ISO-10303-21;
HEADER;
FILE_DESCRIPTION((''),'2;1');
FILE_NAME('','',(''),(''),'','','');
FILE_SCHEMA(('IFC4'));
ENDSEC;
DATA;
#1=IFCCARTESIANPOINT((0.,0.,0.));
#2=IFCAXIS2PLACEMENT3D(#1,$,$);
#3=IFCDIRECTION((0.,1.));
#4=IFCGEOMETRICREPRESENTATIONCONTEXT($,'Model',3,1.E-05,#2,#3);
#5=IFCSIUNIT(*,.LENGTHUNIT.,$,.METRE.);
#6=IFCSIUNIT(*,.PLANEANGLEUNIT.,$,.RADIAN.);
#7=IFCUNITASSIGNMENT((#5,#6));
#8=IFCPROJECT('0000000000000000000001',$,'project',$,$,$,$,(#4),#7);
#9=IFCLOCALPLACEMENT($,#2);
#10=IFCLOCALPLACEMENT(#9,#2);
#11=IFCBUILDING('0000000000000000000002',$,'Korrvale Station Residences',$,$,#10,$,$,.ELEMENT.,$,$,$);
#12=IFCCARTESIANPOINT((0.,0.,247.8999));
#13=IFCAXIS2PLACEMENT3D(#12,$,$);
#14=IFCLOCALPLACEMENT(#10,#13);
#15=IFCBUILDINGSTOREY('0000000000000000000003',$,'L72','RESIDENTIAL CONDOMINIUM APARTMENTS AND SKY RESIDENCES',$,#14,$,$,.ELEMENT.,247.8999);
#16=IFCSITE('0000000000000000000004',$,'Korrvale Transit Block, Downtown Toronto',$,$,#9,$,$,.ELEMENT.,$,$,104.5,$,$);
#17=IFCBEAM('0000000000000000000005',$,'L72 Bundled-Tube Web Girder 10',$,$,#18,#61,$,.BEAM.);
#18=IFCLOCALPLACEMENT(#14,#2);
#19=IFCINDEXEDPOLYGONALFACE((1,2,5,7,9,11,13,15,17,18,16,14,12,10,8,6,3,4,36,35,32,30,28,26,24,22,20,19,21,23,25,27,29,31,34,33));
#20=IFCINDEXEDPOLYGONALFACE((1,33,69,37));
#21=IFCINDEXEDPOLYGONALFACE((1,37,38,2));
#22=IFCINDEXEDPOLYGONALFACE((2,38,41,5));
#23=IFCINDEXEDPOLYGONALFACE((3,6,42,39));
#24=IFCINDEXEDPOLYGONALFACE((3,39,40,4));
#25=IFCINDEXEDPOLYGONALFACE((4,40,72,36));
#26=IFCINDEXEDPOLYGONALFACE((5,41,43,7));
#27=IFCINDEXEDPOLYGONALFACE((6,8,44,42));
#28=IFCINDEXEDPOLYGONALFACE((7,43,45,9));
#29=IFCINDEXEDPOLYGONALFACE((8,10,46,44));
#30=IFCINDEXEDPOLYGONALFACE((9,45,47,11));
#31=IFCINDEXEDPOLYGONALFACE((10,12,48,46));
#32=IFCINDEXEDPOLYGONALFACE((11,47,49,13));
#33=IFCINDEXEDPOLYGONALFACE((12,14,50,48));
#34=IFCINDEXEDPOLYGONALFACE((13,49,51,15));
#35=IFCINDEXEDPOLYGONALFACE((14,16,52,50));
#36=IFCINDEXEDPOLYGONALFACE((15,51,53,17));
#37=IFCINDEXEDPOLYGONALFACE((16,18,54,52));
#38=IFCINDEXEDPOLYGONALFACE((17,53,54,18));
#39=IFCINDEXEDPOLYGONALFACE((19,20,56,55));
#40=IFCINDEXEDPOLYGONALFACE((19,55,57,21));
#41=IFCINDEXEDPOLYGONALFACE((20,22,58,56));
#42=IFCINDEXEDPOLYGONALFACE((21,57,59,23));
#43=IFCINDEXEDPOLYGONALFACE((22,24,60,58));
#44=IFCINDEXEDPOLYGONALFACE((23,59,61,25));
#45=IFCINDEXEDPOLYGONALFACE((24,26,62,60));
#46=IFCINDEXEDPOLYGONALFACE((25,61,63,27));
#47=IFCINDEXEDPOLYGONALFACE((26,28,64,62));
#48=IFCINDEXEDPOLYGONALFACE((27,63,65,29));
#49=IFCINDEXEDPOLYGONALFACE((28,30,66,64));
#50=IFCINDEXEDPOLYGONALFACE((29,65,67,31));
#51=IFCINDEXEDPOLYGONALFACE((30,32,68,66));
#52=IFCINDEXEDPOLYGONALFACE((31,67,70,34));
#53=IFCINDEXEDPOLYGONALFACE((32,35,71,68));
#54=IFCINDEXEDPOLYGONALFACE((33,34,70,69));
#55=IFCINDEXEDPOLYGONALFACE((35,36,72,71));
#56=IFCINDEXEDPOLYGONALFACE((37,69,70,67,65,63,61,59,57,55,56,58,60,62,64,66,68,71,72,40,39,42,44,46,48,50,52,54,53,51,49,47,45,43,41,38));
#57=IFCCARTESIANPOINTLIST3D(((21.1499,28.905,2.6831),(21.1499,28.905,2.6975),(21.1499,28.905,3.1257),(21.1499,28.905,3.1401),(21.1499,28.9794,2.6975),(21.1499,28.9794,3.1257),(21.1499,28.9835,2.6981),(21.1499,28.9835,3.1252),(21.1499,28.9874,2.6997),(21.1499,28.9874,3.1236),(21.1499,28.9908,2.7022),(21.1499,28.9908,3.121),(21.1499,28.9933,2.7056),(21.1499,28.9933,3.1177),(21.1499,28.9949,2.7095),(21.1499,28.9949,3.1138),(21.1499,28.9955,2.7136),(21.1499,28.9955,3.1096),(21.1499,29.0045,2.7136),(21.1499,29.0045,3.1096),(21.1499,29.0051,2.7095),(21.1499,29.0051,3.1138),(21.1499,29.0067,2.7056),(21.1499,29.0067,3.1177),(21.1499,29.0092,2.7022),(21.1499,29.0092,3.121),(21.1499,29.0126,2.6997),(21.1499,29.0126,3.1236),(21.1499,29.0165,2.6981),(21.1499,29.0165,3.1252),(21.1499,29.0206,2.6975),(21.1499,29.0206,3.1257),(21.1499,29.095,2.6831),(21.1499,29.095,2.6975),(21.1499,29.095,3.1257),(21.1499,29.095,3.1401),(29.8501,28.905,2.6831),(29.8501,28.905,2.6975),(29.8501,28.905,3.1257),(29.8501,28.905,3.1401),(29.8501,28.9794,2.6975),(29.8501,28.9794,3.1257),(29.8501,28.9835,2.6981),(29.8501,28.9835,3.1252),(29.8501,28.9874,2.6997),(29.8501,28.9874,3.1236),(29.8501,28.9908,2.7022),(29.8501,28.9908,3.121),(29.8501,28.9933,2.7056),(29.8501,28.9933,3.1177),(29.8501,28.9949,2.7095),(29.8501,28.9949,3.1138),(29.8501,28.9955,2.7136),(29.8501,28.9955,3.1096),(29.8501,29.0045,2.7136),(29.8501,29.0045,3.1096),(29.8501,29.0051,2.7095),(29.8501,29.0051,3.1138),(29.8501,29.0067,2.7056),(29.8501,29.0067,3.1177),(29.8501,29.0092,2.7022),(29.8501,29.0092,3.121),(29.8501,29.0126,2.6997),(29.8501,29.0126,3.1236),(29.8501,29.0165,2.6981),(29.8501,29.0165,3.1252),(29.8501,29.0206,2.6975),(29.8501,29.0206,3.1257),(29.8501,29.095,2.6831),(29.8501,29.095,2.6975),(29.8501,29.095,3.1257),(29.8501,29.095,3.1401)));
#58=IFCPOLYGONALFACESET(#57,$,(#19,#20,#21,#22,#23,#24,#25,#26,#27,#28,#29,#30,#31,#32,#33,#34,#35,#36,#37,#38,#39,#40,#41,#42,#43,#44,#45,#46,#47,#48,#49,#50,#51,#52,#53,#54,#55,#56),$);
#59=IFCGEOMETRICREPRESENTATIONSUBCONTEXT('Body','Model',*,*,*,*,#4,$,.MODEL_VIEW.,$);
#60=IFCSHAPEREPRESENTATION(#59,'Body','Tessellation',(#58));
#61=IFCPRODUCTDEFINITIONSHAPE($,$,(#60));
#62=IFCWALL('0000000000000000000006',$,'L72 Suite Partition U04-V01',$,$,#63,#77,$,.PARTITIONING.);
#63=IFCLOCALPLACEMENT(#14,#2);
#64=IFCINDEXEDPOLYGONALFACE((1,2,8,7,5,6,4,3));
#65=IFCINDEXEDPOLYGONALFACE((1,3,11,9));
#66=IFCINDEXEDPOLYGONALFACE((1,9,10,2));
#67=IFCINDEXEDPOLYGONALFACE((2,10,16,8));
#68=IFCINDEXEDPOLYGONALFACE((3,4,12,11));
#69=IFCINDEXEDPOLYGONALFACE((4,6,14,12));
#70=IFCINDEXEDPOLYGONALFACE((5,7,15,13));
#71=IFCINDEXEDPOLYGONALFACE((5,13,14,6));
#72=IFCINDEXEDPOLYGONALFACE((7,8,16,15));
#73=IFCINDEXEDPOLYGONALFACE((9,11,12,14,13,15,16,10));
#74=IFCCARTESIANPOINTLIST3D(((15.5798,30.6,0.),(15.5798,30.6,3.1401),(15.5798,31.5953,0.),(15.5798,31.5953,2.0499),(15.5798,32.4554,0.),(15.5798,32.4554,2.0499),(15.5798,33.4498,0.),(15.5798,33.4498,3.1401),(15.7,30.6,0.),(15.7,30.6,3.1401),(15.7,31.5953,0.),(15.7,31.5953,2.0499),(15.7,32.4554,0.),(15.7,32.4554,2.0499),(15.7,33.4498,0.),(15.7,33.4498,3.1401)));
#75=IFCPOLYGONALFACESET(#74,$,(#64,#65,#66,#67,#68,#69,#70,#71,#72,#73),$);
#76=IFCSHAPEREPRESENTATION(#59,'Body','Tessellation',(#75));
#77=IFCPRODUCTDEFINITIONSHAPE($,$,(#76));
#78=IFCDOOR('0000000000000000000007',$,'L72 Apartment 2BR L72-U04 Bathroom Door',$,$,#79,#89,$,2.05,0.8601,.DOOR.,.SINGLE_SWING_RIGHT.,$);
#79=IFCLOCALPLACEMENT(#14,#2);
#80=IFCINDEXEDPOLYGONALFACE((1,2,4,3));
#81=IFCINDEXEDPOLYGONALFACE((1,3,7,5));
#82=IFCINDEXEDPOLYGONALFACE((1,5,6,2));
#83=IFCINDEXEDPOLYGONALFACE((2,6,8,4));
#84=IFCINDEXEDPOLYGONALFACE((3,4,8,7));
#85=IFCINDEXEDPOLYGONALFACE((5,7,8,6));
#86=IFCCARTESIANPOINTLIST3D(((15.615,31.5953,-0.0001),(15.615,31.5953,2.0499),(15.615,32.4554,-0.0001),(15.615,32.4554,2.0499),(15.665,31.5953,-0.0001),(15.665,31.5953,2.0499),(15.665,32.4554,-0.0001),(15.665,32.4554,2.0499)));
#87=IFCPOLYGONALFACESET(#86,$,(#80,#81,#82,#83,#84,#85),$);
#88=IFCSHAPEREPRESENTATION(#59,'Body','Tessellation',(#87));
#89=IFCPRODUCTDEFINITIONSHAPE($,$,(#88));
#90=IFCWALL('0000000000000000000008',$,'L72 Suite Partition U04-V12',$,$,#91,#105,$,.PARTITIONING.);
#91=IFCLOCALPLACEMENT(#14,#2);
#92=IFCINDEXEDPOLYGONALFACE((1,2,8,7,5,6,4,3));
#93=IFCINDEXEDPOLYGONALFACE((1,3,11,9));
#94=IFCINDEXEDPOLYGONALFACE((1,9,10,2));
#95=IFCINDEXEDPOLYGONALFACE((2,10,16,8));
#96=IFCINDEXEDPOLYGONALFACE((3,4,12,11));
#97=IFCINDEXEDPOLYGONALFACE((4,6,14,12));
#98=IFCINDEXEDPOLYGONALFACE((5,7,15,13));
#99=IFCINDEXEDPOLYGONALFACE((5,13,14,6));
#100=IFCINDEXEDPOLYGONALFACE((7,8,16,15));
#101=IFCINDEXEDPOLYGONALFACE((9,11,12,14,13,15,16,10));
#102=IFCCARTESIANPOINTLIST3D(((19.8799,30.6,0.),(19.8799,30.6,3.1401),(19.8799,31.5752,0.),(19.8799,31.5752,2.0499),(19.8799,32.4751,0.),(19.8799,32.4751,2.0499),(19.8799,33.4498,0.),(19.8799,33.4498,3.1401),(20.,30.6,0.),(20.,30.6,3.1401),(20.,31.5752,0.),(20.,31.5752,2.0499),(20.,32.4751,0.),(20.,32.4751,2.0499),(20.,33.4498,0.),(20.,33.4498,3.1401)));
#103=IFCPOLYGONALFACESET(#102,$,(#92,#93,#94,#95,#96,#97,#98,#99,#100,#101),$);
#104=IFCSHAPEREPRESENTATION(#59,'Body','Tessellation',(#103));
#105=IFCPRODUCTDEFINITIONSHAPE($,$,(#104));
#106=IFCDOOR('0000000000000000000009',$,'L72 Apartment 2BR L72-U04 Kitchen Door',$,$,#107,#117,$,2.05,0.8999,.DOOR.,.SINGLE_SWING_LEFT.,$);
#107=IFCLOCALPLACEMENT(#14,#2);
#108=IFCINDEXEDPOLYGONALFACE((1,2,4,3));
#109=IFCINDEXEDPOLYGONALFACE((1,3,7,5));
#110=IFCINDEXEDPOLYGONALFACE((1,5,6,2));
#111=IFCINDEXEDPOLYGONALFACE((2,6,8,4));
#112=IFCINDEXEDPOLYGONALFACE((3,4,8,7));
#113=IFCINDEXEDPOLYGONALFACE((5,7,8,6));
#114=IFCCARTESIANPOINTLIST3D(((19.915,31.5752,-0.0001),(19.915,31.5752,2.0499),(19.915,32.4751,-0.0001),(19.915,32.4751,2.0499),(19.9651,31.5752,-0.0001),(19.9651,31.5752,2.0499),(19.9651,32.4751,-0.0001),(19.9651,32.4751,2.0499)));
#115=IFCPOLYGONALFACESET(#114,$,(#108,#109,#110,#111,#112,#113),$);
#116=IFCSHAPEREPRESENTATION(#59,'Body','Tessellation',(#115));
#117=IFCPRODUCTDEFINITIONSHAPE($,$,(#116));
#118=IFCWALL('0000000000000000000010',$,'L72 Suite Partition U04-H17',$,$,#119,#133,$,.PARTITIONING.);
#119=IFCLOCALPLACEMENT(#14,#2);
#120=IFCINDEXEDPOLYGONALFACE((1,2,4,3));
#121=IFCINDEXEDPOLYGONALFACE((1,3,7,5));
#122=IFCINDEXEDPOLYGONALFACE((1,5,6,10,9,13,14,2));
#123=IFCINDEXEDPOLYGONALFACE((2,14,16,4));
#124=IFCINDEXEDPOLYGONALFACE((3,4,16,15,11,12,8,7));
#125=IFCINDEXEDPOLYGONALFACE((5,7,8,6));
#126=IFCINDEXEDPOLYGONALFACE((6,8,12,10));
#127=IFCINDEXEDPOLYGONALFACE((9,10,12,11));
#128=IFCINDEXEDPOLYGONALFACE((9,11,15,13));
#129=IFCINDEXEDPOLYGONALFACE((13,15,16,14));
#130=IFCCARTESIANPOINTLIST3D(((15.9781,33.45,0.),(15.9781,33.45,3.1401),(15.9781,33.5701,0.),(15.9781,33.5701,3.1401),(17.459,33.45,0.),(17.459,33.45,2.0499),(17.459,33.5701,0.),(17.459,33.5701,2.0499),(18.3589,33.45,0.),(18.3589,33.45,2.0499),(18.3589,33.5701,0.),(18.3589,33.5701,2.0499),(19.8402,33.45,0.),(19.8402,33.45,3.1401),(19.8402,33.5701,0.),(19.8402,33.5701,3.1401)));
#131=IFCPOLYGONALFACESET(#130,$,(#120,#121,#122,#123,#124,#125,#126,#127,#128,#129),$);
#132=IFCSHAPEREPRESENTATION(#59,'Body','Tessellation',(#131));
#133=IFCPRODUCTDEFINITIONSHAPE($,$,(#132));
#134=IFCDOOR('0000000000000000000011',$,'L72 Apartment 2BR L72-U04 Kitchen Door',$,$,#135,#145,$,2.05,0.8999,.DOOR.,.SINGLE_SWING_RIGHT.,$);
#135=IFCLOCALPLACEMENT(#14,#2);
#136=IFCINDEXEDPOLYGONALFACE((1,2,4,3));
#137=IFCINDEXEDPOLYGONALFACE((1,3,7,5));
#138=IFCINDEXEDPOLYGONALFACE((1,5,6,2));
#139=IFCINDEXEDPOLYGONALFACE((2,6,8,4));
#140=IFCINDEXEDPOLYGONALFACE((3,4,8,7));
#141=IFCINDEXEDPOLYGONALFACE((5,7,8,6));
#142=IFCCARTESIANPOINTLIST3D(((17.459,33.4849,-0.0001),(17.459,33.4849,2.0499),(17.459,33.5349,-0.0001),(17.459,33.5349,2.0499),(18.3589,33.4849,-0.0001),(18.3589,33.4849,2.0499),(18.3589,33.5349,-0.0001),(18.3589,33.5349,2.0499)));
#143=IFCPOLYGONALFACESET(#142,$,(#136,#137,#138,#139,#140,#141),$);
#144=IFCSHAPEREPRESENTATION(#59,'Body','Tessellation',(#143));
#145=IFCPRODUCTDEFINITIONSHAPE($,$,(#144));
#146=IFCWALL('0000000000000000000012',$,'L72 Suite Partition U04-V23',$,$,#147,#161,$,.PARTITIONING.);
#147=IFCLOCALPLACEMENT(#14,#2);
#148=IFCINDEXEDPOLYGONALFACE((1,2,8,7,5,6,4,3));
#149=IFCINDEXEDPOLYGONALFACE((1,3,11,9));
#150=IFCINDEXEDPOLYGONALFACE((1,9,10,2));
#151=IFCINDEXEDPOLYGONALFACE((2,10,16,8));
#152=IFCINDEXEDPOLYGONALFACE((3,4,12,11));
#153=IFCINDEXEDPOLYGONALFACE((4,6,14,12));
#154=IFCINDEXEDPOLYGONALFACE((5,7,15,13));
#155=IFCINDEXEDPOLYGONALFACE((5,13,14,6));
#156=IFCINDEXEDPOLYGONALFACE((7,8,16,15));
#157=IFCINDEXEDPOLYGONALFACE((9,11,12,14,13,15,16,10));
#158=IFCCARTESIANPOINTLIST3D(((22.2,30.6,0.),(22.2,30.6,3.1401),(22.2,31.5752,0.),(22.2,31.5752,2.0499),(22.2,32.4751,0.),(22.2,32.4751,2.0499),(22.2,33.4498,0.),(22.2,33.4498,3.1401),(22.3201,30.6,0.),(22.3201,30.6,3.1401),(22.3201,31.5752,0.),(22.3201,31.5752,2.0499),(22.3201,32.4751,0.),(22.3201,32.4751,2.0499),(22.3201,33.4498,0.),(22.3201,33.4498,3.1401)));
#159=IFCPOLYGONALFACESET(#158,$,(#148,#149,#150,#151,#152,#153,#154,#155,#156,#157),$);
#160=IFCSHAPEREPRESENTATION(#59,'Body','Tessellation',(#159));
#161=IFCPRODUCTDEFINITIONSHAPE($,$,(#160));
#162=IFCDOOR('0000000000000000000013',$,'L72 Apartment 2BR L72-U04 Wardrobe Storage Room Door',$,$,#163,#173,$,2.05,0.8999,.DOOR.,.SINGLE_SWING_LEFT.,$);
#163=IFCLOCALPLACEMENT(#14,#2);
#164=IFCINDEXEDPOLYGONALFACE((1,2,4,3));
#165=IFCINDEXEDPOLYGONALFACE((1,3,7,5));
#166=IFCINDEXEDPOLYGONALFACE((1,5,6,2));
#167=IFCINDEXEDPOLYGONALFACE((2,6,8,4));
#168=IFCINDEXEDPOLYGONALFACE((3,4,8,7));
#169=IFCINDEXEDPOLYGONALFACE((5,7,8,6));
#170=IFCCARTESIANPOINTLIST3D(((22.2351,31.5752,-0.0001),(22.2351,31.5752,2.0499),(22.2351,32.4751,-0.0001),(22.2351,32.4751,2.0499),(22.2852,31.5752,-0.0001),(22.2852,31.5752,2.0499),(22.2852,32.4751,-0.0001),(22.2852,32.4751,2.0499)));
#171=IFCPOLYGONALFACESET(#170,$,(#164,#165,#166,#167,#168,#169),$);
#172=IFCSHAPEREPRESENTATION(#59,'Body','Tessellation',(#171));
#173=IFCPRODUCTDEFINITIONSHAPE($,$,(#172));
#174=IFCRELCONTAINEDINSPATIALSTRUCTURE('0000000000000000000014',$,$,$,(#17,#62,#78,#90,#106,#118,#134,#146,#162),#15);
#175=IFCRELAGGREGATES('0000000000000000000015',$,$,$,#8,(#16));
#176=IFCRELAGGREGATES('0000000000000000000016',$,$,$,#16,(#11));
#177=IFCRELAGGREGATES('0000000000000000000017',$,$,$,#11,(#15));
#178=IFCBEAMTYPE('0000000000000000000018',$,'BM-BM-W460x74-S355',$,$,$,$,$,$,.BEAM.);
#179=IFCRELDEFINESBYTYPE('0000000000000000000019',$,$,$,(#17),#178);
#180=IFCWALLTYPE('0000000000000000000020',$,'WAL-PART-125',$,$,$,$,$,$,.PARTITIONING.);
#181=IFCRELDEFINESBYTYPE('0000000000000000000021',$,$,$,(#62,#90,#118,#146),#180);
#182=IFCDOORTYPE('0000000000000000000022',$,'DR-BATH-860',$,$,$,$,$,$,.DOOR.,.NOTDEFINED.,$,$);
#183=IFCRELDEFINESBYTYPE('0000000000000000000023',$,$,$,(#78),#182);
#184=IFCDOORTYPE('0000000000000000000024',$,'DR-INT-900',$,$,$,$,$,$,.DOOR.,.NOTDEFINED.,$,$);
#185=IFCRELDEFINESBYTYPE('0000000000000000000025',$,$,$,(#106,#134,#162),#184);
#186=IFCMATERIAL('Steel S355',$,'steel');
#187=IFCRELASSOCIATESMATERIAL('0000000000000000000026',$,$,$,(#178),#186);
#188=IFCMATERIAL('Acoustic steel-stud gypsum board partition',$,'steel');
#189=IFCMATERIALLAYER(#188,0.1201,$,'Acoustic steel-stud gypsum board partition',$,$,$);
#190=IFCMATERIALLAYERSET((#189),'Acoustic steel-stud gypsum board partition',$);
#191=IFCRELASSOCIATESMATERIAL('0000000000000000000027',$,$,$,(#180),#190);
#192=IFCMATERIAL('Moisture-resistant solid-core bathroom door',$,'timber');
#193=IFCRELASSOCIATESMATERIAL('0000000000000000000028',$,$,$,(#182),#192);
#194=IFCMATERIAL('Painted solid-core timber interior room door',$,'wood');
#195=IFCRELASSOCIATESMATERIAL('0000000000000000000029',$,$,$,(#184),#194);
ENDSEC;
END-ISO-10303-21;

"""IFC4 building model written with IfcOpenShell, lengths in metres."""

from ifc_helpers import new_model, si_unit, direction, frame, frame_2d, origin, origin_2d, place, context, subcontext, project, spatial, rectangle, i_section, extrude, material, layer, layer_set, material_profile, profile_set, type_object, element, fill, save


model = new_model("IFC4")

# Units and contexts
model_context = context("Model", 3, precision=1e-05, world=origin(), true_north=direction((0.0, 1.0)))
body_context = subcontext(model_context, "Body", "Model", "MODEL_VIEW")
ifc_project = project(units=[si_unit("LENGTHUNIT", "METRE"), si_unit("PLANEANGLEUNIT", "RADIAN")], contexts=[model_context])

# Site, building, storey
site_placement = place(None, origin())
site = spatial("IfcSite", under=ifc_project, at=site_placement, Name="Korrvale Transit Block, Downtown Toronto", CompositionType="ELEMENT", RefElevation=104.5)
building_placement = place(site_placement, origin())
building = spatial("IfcBuilding", under=site, at=building_placement, Name="Korrvale Station Residences", CompositionType="ELEMENT")
storey_placement = place(building_placement, frame((0.0, 0.0, 247.8999)))
storey = spatial("IfcBuildingStorey", under=building, at=storey_placement, Name="L72", Description="RESIDENTIAL CONDOMINIUM APARTMENTS AND SKY RESIDENCES", CompositionType="ELEMENT", Elevation=247.8999)

# Beam
ifc_material_1 = material(Name="Steel S355", Category="steel")
ifc_material_profile = material_profile(ifc_material_1, i_section(OverallWidth=0.1899, OverallDepth=0.457, WebThickness=0.009, FlangeThickness=0.0144, FilletRadius=0.0161, at=origin_2d()), Name="W460x74")
ifc_profile_set = profile_set([ifc_material_profile], Name="Steel S355")
beam_type = type_object("IfcBeamType", Name="BM-BM-W460x74-S355", PredefinedType="BEAM", material=ifc_profile_set)
beam_placement = place(storey_placement, frame((21.1499, 29.0, 2.9116), z_axis=(1.0, 0.0, 0.0), x_axis=(0.0, 1.0, 0.0)))
element("IfcBeam", 1, at=beam_placement, inside=storey, type_object=beam_type, Name="L72 Bundled-Tube Web Girder 10", PredefinedType="BEAM", context=body_context, shape_type="SweptSolid", body=[
    extrude(i_section(OverallWidth=0.1899, OverallDepth=0.457, WebThickness=0.009, FlangeThickness=0.0144, FilletRadius=0.0161, at=origin_2d()), origin(), (0.0, 0.0, 1.0), 8.7002),
])

# Walls, openings, doors
ifc_material_2 = material(Name="Acoustic steel-stud gypsum board partition", Category="steel")
ifc_layer = layer(ifc_material_2, 0.1201, Name="Acoustic steel-stud gypsum board partition")
ifc_layer_set = layer_set([ifc_layer], Name="Acoustic steel-stud gypsum board partition")
wall_type = type_object("IfcWallType", Name="WAL-PART-125", PredefinedType="PARTITIONING", material=ifc_layer_set)
wall_1_placement = place(storey_placement, frame((15.6399, 30.6001, 0.0), z_axis=(0.0, 0.0, 1.0), x_axis=(0.0, 1.0, 0.0)))
wall_1 = element("IfcWall", 2, at=wall_1_placement, inside=storey, type_object=wall_type, Name="L72 Suite Partition U04-V01", PredefinedType="PARTITIONING", context=body_context, shape_type="SweptSolid", body=[
    extrude(rectangle(XDim=2.8499, YDim=0.1201, at=frame_2d((1.4248, 0.0))), origin(), (0.0, 0.0, 1.0), 3.1401),
])
opening_1_placement = place(wall_1_placement, frame((0.9951, 0.0, 0.0)))
opening_1 = element("IfcOpeningElement", 3, at=opening_1_placement, cuts=wall_1, PredefinedType="OPENING", context=body_context, shape_type="SweptSolid", body=[
    extrude(rectangle(XDim=0.8601, YDim=2.05, at=frame_2d((0.4302, 1.0249))), frame((0.0, 0.0701, 0.0), z_axis=(0.0, -1.0, 0.0), x_axis=(1.0, 0.0, 0.0)), (0.0, 0.0, 1.0), 0.1401),
])
ifc_material_3 = material(Name="Moisture-resistant solid-core bathroom door", Category="timber")
door_type_1 = type_object("IfcDoorType", Name="DR-BATH-860", OperationType="NOTDEFINED", PredefinedType="DOOR", material=ifc_material_3)
door_1_placement = place(opening_1_placement, origin())
door_1 = element("IfcDoor", 4, at=door_1_placement, inside=storey, type_object=door_type_1, Name="L72 Apartment 2BR L72-U04 Bathroom Door", OperationType="SINGLE_SWING_RIGHT", OverallHeight=2.05, OverallWidth=0.8601, PredefinedType="DOOR", context=body_context, shape_type="SweptSolid", body=[
    extrude(rectangle(XDim=0.8601, YDim=2.05, at=frame_2d((0.4302, 1.0249))), frame((0.0, 0.0249, 0.0), z_axis=(0.0, -1.0, 0.0), x_axis=(1.0, 0.0, 0.0)), (0.0, 0.0, 1.0), 0.05),
])
fill(opening_1, door_1)
wall_2_placement = place(storey_placement, frame((19.9399, 30.6001, 0.0), z_axis=(0.0, 0.0, 1.0), x_axis=(0.0, 1.0, 0.0)))
wall_2 = element("IfcWall", 5, at=wall_2_placement, inside=storey, type_object=wall_type, Name="L72 Suite Partition U04-V12", PredefinedType="PARTITIONING", context=body_context, shape_type="SweptSolid", body=[
    extrude(rectangle(XDim=2.8499, YDim=0.1201, at=frame_2d((1.4248, 0.0))), origin(), (0.0, 0.0, 1.0), 3.1401),
])
opening_2_placement = place(wall_2_placement, frame((0.9751, 0.0, 0.0)))
opening_2 = element("IfcOpeningElement", 6, at=opening_2_placement, cuts=wall_2, PredefinedType="OPENING", context=body_context, shape_type="SweptSolid", body=[
    extrude(rectangle(XDim=0.8999, YDim=2.05, at=frame_2d((0.45, 1.0249))), frame((0.0, 0.0701, 0.0), z_axis=(0.0, -1.0, 0.0), x_axis=(1.0, 0.0, 0.0)), (0.0, 0.0, 1.0), 0.1401),
])
ifc_material_4 = material(Name="Painted solid-core timber interior room door", Category="wood")
door_type_2 = type_object("IfcDoorType", Name="DR-INT-900", OperationType="NOTDEFINED", PredefinedType="DOOR", material=ifc_material_4)
door_2_placement = place(opening_2_placement, origin())
door_2 = element("IfcDoor", 7, at=door_2_placement, inside=storey, type_object=door_type_2, Name="L72 Apartment 2BR L72-U04 Kitchen Door", OperationType="SINGLE_SWING_LEFT", OverallHeight=2.05, OverallWidth=0.8999, PredefinedType="DOOR", context=body_context, shape_type="SweptSolid", body=[
    extrude(rectangle(XDim=0.8999, YDim=2.05, at=frame_2d((0.45, 1.0249))), frame((0.0, 0.0249, 0.0), z_axis=(0.0, -1.0, 0.0), x_axis=(1.0, 0.0, 0.0)), (0.0, 0.0, 1.0), 0.05),
])
fill(opening_2, door_2)
wall_3_placement = place(storey_placement, frame((15.978, 33.51, 0.0), z_axis=(0.0, 0.0, 1.0), x_axis=(1.0, 0.0, 0.0)))
wall_3 = element("IfcWall", 8, at=wall_3_placement, inside=storey, type_object=wall_type, Name="L72 Suite Partition U04-H17", PredefinedType="PARTITIONING", context=body_context, shape_type="SweptSolid", body=[
    extrude(rectangle(XDim=3.8621, YDim=0.1201, at=frame_2d((1.9312, 0.0))), origin(), (0.0, 0.0, 1.0), 3.1401),
])
opening_3_placement = place(wall_3_placement, frame((1.481, 0.0, 0.0)))
opening_3 = element("IfcOpeningElement", 9, at=opening_3_placement, cuts=wall_3, PredefinedType="OPENING", context=body_context, shape_type="SweptSolid", body=[
    extrude(rectangle(XDim=0.8999, YDim=2.05, at=frame_2d((0.45, 1.0249))), frame((0.0, 0.0701, 0.0), z_axis=(0.0, -1.0, 0.0), x_axis=(1.0, 0.0, 0.0)), (0.0, 0.0, 1.0), 0.1401),
])
door_3_placement = place(opening_3_placement, origin())
door_3 = element("IfcDoor", 10, at=door_3_placement, inside=storey, type_object=door_type_2, Name="L72 Apartment 2BR L72-U04 Kitchen Door", OperationType="SINGLE_SWING_RIGHT", OverallHeight=2.05, OverallWidth=0.8999, PredefinedType="DOOR", context=body_context, shape_type="SweptSolid", body=[
    extrude(rectangle(XDim=0.8999, YDim=2.05, at=frame_2d((0.45, 1.0249))), frame((0.0, 0.0249, 0.0), z_axis=(0.0, -1.0, 0.0), x_axis=(1.0, 0.0, 0.0)), (0.0, 0.0, 1.0), 0.05),
])
fill(opening_3, door_3)
wall_4_placement = place(storey_placement, frame((22.26, 30.6001, 0.0), z_axis=(0.0, 0.0, 1.0), x_axis=(0.0, 1.0, 0.0)))
wall_4 = element("IfcWall", 11, at=wall_4_placement, inside=storey, type_object=wall_type, Name="L72 Suite Partition U04-V23", PredefinedType="PARTITIONING", context=body_context, shape_type="SweptSolid", body=[
    extrude(rectangle(XDim=2.8499, YDim=0.1201, at=frame_2d((1.4248, 0.0))), origin(), (0.0, 0.0, 1.0), 3.1401),
])
opening_4_placement = place(wall_4_placement, frame((0.9751, 0.0, 0.0)))
opening_4 = element("IfcOpeningElement", 12, at=opening_4_placement, cuts=wall_4, PredefinedType="OPENING", context=body_context, shape_type="SweptSolid", body=[
    extrude(rectangle(XDim=0.8999, YDim=2.05, at=frame_2d((0.45, 1.0249))), frame((0.0, 0.0701, 0.0), z_axis=(0.0, -1.0, 0.0), x_axis=(1.0, 0.0, 0.0)), (0.0, 0.0, 1.0), 0.1401),
])
door_4_placement = place(opening_4_placement, origin())
door_4 = element("IfcDoor", 13, at=door_4_placement, inside=storey, type_object=door_type_2, Name="L72 Apartment 2BR L72-U04 Wardrobe Storage Room Door", OperationType="SINGLE_SWING_LEFT", OverallHeight=2.05, OverallWidth=0.8999, PredefinedType="DOOR", context=body_context, shape_type="SweptSolid", body=[
    extrude(rectangle(XDim=0.8999, YDim=2.05, at=frame_2d((0.45, 1.0249))), frame((0.0, 0.0249, 0.0), z_axis=(0.0, -1.0, 0.0), x_axis=(1.0, 0.0, 0.0)), (0.0, 0.0, 1.0), 0.05),
])
fill(opening_4, door_4)

save(model, "model.ifc")
